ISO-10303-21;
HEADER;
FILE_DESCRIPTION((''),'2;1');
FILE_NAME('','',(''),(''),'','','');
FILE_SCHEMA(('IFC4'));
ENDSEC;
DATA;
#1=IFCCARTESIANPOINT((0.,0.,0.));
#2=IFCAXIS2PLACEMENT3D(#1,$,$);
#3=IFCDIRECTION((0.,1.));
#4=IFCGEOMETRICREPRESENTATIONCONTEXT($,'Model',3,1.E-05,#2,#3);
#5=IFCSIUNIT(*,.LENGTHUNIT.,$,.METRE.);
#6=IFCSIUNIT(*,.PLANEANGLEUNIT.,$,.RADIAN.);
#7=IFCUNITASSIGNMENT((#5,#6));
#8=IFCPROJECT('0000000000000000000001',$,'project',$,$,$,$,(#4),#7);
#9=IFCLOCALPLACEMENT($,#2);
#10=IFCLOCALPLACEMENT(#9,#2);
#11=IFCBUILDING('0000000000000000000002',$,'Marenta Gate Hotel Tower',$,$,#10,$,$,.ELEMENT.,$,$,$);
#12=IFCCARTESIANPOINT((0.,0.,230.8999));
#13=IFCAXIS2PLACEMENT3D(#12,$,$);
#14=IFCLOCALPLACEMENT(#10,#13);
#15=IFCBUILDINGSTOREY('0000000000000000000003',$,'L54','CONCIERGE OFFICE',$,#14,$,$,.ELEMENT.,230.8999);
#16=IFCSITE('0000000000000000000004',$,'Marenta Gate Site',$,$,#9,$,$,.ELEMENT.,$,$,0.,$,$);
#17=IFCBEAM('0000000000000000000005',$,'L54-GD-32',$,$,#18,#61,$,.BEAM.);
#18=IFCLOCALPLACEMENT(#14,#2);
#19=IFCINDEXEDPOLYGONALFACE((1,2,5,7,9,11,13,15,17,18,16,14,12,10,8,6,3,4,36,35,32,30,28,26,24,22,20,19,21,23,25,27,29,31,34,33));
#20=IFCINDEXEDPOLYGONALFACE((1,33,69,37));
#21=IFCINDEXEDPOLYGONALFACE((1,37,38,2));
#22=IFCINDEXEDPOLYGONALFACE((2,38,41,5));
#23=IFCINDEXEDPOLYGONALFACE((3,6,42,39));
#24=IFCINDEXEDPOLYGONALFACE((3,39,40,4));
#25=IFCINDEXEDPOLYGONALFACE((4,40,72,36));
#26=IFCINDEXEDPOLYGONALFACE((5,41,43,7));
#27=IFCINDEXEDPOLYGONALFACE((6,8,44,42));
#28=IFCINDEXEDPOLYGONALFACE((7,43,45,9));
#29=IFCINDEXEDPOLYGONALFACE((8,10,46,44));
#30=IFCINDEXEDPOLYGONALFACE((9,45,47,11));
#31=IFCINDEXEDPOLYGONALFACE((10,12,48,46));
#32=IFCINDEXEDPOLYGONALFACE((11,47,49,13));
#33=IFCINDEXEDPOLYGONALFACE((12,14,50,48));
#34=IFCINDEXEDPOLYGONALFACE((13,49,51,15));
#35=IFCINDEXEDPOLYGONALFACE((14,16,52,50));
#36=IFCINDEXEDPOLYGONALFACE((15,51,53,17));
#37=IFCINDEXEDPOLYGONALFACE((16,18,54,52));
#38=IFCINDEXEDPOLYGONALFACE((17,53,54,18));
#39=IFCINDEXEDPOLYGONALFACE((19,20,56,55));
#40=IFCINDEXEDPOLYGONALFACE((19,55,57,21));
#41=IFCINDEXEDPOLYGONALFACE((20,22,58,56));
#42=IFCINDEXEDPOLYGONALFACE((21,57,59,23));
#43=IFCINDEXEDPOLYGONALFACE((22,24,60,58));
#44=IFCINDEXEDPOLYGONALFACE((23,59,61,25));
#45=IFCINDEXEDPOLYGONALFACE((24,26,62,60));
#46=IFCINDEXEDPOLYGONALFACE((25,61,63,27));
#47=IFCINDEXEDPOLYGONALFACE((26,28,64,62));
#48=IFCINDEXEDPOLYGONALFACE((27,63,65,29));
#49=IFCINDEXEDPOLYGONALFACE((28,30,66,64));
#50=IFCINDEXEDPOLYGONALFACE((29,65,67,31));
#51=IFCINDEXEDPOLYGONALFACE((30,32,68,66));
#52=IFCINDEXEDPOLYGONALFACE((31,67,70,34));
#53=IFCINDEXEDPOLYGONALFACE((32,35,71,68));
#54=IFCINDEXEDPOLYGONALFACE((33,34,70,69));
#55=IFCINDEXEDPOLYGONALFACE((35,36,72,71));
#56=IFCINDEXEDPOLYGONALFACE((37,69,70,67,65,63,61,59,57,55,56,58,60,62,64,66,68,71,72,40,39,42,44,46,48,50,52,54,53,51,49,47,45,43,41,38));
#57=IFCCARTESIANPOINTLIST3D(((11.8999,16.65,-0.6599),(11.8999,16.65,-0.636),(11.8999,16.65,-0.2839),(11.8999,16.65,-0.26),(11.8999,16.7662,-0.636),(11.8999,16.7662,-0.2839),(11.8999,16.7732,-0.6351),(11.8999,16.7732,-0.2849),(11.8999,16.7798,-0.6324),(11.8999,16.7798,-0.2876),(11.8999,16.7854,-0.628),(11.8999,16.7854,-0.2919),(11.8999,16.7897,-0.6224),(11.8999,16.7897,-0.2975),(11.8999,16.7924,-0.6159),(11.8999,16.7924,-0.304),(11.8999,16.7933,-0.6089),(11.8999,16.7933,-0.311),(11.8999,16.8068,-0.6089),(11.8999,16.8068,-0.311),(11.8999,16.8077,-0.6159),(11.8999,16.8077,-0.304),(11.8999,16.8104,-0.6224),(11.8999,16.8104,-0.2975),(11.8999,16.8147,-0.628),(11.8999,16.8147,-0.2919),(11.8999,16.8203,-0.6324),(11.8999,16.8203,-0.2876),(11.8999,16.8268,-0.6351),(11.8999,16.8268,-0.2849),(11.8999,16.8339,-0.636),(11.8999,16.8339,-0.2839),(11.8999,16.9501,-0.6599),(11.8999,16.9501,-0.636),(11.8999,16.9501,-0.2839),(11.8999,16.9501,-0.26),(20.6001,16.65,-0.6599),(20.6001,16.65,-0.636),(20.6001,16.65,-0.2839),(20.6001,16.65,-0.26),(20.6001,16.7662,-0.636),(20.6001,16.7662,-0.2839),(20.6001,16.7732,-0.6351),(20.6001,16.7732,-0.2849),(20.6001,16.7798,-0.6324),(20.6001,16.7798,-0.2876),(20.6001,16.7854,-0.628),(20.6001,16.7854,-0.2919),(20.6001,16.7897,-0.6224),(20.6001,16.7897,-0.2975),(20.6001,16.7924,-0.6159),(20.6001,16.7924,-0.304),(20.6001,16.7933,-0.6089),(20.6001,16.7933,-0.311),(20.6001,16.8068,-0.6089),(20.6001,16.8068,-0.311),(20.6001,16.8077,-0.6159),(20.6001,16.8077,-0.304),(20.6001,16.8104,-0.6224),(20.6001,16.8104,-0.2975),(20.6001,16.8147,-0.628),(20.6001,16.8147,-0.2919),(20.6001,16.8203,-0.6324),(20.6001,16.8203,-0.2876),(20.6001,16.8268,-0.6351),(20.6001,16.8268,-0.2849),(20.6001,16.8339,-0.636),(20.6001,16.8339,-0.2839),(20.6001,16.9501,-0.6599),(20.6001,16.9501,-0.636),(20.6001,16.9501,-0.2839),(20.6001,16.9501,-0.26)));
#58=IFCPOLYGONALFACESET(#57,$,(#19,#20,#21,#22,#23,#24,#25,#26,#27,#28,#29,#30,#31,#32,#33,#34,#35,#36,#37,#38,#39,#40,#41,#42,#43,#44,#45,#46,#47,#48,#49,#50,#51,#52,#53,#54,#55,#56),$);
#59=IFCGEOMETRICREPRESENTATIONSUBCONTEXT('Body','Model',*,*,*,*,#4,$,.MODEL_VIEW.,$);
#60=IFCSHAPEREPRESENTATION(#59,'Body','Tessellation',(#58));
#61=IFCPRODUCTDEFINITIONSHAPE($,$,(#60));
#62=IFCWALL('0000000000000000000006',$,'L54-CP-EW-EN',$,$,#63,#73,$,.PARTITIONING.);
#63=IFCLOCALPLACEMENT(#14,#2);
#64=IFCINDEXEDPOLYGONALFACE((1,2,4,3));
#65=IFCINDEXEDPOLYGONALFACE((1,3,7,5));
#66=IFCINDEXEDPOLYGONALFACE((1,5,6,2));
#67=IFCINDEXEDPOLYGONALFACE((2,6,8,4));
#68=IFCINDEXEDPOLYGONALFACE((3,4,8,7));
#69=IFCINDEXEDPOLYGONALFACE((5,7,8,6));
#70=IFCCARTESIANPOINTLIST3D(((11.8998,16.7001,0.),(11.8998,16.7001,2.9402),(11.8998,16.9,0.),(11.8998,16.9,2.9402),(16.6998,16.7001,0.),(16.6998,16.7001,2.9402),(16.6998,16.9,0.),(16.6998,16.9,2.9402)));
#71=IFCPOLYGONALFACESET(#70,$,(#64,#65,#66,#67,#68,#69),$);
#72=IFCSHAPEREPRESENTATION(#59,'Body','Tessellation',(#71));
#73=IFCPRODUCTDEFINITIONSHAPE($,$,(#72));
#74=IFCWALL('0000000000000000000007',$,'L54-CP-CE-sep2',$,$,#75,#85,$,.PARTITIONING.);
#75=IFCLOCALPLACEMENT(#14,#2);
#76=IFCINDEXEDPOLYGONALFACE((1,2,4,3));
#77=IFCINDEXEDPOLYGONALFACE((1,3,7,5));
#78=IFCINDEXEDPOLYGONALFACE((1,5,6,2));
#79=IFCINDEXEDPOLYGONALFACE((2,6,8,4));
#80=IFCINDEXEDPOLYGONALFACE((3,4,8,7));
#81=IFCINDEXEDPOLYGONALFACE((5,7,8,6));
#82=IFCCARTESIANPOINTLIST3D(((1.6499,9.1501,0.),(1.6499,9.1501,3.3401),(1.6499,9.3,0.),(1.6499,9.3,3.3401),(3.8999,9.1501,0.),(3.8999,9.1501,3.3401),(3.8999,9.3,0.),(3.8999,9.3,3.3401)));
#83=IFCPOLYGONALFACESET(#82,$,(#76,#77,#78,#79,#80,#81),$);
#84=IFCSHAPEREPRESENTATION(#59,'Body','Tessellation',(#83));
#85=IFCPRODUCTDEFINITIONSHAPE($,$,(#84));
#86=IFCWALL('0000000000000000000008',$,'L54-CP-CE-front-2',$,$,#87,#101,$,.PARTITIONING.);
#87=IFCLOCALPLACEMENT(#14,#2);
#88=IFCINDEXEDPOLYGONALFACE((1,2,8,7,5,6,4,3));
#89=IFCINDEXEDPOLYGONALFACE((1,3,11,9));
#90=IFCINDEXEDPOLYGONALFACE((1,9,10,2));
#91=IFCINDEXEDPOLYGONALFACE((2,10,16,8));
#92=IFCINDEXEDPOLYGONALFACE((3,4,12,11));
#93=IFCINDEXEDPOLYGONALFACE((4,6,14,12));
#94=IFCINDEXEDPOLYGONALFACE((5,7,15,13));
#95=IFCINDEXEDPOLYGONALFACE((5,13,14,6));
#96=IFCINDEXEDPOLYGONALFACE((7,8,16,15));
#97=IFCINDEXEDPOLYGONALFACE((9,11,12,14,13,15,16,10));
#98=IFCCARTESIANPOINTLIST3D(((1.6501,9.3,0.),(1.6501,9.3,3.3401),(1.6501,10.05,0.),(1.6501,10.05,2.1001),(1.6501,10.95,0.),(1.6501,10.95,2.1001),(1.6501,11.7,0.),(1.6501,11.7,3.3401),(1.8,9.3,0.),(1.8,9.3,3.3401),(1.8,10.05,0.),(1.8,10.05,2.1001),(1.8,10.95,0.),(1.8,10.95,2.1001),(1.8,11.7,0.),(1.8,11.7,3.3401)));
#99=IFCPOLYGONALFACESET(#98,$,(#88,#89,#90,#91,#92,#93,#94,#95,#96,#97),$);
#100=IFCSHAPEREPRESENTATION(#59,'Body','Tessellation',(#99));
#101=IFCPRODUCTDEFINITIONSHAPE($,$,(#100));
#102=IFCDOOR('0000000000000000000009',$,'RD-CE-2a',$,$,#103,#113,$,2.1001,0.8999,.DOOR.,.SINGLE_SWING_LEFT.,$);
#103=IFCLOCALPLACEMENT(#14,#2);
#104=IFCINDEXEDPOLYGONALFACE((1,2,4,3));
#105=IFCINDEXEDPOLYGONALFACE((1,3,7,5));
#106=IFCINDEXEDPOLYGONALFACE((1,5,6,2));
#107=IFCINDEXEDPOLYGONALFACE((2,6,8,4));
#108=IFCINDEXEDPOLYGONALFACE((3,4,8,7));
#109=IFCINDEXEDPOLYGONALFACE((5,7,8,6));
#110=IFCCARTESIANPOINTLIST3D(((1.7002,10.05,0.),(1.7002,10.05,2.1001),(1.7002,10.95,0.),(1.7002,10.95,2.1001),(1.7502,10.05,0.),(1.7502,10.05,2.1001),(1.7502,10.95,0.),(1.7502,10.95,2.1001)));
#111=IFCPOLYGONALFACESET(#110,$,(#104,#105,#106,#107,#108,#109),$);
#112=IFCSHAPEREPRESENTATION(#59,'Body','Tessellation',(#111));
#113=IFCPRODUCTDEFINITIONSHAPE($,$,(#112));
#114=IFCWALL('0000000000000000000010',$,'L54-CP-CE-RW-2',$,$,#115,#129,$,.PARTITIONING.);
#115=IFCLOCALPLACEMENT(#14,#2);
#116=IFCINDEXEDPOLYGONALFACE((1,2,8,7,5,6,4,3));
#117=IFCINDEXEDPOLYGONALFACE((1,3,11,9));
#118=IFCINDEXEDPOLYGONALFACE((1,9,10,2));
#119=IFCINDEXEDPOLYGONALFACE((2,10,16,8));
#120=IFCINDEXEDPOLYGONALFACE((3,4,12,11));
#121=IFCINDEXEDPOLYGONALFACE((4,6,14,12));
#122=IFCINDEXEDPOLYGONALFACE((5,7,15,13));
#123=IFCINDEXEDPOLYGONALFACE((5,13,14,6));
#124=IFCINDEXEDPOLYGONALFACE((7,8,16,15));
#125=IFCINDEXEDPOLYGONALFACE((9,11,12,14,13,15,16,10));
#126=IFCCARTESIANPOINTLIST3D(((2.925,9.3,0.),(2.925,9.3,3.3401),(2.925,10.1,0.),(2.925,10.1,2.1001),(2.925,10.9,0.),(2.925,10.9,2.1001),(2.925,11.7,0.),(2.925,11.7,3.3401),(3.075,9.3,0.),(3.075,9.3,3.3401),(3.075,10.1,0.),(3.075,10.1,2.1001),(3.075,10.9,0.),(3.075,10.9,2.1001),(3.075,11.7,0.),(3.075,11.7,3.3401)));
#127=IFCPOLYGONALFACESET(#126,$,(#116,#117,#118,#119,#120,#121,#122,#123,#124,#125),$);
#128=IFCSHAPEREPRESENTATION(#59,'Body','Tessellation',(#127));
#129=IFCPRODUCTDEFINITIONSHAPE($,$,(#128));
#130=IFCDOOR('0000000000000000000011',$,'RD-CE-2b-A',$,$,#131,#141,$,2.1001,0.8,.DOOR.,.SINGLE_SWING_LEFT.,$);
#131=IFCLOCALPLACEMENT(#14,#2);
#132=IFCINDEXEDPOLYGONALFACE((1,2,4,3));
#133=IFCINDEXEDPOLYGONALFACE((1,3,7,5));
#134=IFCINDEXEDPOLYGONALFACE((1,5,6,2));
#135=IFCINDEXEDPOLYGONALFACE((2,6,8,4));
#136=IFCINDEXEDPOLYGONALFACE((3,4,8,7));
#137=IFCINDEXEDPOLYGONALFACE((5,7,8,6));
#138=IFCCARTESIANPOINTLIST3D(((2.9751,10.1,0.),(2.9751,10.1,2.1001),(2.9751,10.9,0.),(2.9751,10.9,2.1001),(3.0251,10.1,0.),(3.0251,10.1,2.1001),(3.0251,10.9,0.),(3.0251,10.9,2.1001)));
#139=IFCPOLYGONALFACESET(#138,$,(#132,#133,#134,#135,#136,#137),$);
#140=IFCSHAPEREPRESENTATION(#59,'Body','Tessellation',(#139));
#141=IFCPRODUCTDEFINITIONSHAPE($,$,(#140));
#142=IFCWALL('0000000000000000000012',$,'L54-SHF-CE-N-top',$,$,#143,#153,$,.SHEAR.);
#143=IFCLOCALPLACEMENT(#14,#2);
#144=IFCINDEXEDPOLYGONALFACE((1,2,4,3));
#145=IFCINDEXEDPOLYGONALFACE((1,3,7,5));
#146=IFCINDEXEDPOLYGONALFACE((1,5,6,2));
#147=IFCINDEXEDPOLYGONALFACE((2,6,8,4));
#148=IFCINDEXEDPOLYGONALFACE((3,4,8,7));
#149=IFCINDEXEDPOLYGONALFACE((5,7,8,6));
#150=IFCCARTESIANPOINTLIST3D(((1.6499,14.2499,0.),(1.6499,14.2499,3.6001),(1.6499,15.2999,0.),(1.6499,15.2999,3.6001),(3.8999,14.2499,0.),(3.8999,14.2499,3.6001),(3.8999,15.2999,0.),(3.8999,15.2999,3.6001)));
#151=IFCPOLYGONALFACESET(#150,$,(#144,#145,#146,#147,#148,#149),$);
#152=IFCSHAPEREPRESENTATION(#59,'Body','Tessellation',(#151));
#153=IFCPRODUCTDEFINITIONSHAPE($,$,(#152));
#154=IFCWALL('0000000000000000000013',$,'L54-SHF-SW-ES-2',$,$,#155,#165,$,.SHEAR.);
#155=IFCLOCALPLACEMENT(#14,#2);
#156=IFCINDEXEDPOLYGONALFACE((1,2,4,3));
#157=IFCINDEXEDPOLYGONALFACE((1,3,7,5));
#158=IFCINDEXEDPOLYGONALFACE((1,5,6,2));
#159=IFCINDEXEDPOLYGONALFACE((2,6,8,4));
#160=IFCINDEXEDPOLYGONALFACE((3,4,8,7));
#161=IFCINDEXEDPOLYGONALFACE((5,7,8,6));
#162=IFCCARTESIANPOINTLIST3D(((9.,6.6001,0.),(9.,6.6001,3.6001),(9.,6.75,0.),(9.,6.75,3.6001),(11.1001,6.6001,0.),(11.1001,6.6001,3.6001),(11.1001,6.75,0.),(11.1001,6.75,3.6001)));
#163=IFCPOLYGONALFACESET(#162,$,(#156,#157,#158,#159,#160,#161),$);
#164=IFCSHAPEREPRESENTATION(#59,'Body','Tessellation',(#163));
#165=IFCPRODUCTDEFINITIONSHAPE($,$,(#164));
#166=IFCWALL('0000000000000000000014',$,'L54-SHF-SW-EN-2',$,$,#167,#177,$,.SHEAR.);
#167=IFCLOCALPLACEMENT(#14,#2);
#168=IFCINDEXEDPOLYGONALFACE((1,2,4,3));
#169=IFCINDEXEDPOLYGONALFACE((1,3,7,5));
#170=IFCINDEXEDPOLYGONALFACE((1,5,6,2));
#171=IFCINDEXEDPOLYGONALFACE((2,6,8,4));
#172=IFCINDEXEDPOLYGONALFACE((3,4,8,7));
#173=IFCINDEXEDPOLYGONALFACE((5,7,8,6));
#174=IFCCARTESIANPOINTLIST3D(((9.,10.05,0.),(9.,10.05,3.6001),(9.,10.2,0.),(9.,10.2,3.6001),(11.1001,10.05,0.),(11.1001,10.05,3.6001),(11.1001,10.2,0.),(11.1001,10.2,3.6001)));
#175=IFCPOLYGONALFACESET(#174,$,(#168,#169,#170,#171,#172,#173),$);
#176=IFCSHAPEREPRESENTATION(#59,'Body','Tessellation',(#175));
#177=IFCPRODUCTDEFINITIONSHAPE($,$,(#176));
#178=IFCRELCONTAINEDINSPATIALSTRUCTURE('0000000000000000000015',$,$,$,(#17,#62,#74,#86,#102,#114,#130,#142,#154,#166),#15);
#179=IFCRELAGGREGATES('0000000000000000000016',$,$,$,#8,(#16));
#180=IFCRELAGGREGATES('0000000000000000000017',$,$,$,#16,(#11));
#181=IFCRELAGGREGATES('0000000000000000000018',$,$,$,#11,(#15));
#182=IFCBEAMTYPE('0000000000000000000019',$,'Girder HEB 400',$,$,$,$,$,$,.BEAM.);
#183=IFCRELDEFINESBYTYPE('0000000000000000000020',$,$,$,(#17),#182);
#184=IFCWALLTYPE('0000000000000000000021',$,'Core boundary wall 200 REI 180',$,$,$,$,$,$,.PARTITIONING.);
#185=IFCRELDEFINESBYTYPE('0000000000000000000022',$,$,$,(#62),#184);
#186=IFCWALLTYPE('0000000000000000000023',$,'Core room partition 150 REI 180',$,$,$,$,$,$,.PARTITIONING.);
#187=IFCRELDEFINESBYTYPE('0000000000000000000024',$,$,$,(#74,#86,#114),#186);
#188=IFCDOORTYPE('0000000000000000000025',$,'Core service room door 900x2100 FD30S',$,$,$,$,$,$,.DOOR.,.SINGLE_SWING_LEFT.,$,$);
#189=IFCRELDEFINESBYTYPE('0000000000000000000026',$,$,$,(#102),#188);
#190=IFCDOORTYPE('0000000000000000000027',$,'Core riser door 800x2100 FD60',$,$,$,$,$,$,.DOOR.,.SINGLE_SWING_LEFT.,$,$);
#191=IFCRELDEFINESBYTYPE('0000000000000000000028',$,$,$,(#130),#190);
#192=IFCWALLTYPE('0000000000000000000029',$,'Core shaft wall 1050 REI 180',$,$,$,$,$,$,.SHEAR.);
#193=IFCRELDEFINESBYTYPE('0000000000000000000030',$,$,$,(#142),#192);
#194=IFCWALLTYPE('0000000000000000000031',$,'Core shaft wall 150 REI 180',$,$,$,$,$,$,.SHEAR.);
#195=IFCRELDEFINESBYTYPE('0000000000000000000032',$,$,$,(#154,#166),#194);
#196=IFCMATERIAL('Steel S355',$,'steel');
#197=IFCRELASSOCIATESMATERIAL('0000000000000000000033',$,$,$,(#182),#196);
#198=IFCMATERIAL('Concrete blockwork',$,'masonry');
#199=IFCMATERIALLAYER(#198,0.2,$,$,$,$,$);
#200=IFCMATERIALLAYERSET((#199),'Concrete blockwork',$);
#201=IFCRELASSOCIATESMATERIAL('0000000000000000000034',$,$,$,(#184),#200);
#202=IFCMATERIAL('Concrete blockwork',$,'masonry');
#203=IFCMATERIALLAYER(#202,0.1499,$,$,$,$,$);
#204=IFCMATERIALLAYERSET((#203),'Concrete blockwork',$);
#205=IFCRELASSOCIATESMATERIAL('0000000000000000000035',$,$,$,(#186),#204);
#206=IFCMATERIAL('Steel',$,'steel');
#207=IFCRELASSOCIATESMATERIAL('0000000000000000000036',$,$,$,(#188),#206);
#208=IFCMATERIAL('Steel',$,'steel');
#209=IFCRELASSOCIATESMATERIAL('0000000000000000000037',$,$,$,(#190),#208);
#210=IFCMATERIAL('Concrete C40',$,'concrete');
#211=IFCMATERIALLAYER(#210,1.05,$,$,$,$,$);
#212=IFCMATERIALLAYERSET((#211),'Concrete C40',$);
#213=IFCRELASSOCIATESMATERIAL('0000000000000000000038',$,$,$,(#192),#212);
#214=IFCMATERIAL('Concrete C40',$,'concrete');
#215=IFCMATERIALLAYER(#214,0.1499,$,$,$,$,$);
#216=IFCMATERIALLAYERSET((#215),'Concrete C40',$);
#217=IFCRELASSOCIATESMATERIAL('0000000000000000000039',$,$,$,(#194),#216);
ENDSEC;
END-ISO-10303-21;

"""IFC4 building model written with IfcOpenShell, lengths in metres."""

from ifc_helpers import new_model, si_unit, direction, frame, frame_2d, origin, origin_2d, place, context, subcontext, project, spatial, rectangle, i_section, extrude, material, layer, layer_set, material_profile, profile_set, type_object, element, fill, save


model = new_model("IFC4")

# Units and contexts
model_context = context("Model", 3, precision=1e-05, world=origin(), true_north=direction((0.0, 1.0)))
body_context = subcontext(model_context, "Body", "Model", "MODEL_VIEW")
ifc_project = project(units=[si_unit("LENGTHUNIT", "METRE"), si_unit("PLANEANGLEUNIT", "RADIAN")], contexts=[model_context])

# Site, building, storey
site_placement = place(None, origin())
site = spatial("IfcSite", under=ifc_project, at=site_placement, Name="Marenta Gate Site", CompositionType="ELEMENT", RefElevation=0.0)
building_placement = place(site_placement, origin())
building = spatial("IfcBuilding", under=site, at=building_placement, Name="Marenta Gate Hotel Tower", CompositionType="ELEMENT")
storey_placement = place(building_placement, frame((0.0, 0.0, 230.8999)))
storey = spatial("IfcBuildingStorey", under=building, at=storey_placement, Name="L54", Description="CONCIERGE OFFICE", CompositionType="ELEMENT", Elevation=230.8999)

# Beam
ifc_material_1 = material(Name="Steel S355", Category="steel")
ifc_material_profile_1 = material_profile(ifc_material_1, i_section(OverallWidth=0.3, OverallDepth=0.3999, WebThickness=0.0134, FlangeThickness=0.0239, FilletRadius=0.0271, at=origin_2d()), Name="HEB 400")
ifc_profile_set_1 = profile_set([ifc_material_profile_1], Name="Steel S355")
beam_type_1 = type_object("IfcBeamType", Name="Girder HEB 400", PredefinedType="BEAM", material=ifc_profile_set_1)
for number, where, z_axis, x_axis, name in (
    (1, (11.8999, 16.8, -0.46), (1.0, 0.0, 0.0), (0.0, 1.0, 0.0), "L54-GD-32"),
):
    element("IfcBeam", number, at=place(storey_placement, frame(where, z_axis=z_axis, x_axis=x_axis)), inside=storey, type_object=beam_type_1, Name=name, PredefinedType="BEAM", context=body_context, shape_type="SweptSolid", body=[
        extrude(i_section(OverallWidth=0.3, OverallDepth=0.3999, WebThickness=0.0134, FlangeThickness=0.0239, FilletRadius=0.0271, at=origin_2d()), origin(), (0.0, 0.0, 1.0), 8.7002),
    ])

# Walls
ifc_material_2 = material(Name="Concrete blockwork", Category="masonry")
ifc_layer_1 = layer(ifc_material_2, 0.2)
ifc_layer_set_1 = layer_set([ifc_layer_1], Name="Concrete blockwork")
wall_type_1 = type_object("IfcWallType", Name="Core boundary wall 200 REI 180", PredefinedType="PARTITIONING", material=ifc_layer_set_1)
wall_1_placement = place(storey_placement, frame((11.8999, 16.8, 0.0), z_axis=(0.0, 0.0, 1.0), x_axis=(1.0, 0.0, 0.0)))
element("IfcWall", 2, at=wall_1_placement, inside=storey, type_object=wall_type_1, Name="L54-CP-EW-EN", PredefinedType="PARTITIONING", context=body_context, shape_type="SweptSolid", body=[
    extrude(rectangle(XDim=4.8, YDim=0.2, at=frame_2d((2.3999, 0.0))), origin(), (0.0, 0.0, 1.0), 2.9402),
])
ifc_material_3 = material(Name="Concrete blockwork", Category="masonry")
ifc_layer_2 = layer(ifc_material_3, 0.1499)
ifc_layer_set_2 = layer_set([ifc_layer_2], Name="Concrete blockwork")
wall_type_2 = type_object("IfcWallType", Name="Core room partition 150 REI 180", PredefinedType="PARTITIONING", material=ifc_layer_set_2)
wall_2_placement = place(storey_placement, frame((1.6499, 9.2251, 0.0), z_axis=(0.0, 0.0, 1.0), x_axis=(1.0, 0.0, 0.0)))
element("IfcWall", 3, at=wall_2_placement, inside=storey, type_object=wall_type_2, Name="L54-CP-CE-sep2", PredefinedType="PARTITIONING", context=body_context, shape_type="SweptSolid", body=[
    extrude(rectangle(XDim=2.25, YDim=0.1499, at=frame_2d((1.125, 0.0))), origin(), (0.0, 0.0, 1.0), 3.3401),
])

# Walls, openings, doors
wall_3_placement = place(storey_placement, frame((1.7251, 9.3, 0.0), z_axis=(0.0, 0.0, 1.0), x_axis=(0.0, 1.0, 0.0)))
wall_3 = element("IfcWall", 4, at=wall_3_placement, inside=storey, type_object=wall_type_2, Name="L54-CP-CE-front-2", PredefinedType="PARTITIONING", context=body_context, shape_type="SweptSolid", body=[
    extrude(rectangle(XDim=2.3999, YDim=0.1499, at=frame_2d((1.2, 0.0))), origin(), (0.0, 0.0, 1.0), 3.3401),
])
opening_1_placement = place(wall_3_placement, frame((0.75, 0.0, 0.0)))
opening_1 = element("IfcOpeningElement", 5, at=opening_1_placement, cuts=wall_3, PredefinedType="OPENING", context=body_context, shape_type="SweptSolid", body=[
    extrude(rectangle(XDim=0.8999, YDim=2.1001, at=frame_2d((0.45, 1.05))), frame((0.0, 0.075, 0.0), z_axis=(0.0, -1.0, 0.0), x_axis=(1.0, 0.0, 0.0)), (0.0, 0.0, 1.0), 0.1499),
])
ifc_material_4 = material(Name="Steel", Category="steel")
door_type_1 = type_object("IfcDoorType", Name="Core service room door 900x2100 FD30S", OperationType="SINGLE_SWING_LEFT", PredefinedType="DOOR", material=ifc_material_4)
door_1_placement = place(opening_1_placement, origin())
door_1 = element("IfcDoor", 6, at=door_1_placement, inside=storey, type_object=door_type_1, Name="RD-CE-2a", OperationType="SINGLE_SWING_LEFT", OverallHeight=2.1001, OverallWidth=0.8999, PredefinedType="DOOR", context=body_context, shape_type="SweptSolid", body=[
    extrude(rectangle(XDim=0.8999, YDim=2.1001, at=frame_2d((0.45, 1.05))), frame((0.0, 0.0249, 0.0), z_axis=(0.0, -1.0, 0.0), x_axis=(1.0, 0.0, 0.0)), (0.0, 0.0, 1.0), 0.05),
])
fill(opening_1, door_1)
wall_4_placement = place(storey_placement, frame((3.0, 9.3, 0.0), z_axis=(0.0, 0.0, 1.0), x_axis=(0.0, 1.0, 0.0)))
wall_4 = element("IfcWall", 7, at=wall_4_placement, inside=storey, type_object=wall_type_2, Name="L54-CP-CE-RW-2", PredefinedType="PARTITIONING", context=body_context, shape_type="SweptSolid", body=[
    extrude(rectangle(XDim=2.3999, YDim=0.1499, at=frame_2d((1.2, 0.0))), origin(), (0.0, 0.0, 1.0), 3.3401),
])
opening_2_placement = place(wall_4_placement, frame((0.8, 0.0, 0.0)))
opening_2 = element("IfcOpeningElement", 8, at=opening_2_placement, cuts=wall_4, PredefinedType="OPENING", context=body_context, shape_type="SweptSolid", body=[
    extrude(rectangle(XDim=0.8, YDim=2.1001, at=frame_2d((0.3999, 1.05))), frame((0.0, 0.075, 0.0), z_axis=(0.0, -1.0, 0.0), x_axis=(1.0, 0.0, 0.0)), (0.0, 0.0, 1.0), 0.1499),
])
ifc_material_5 = material(Name="Steel", Category="steel")
door_type_2 = type_object("IfcDoorType", Name="Core riser door 800x2100 FD60", OperationType="SINGLE_SWING_LEFT", PredefinedType="DOOR", material=ifc_material_5)
door_2_placement = place(opening_2_placement, origin())
door_2 = element("IfcDoor", 9, at=door_2_placement, inside=storey, type_object=door_type_2, Name="RD-CE-2b-A", OperationType="SINGLE_SWING_LEFT", OverallHeight=2.1001, OverallWidth=0.8, PredefinedType="DOOR", context=body_context, shape_type="SweptSolid", body=[
    extrude(rectangle(XDim=0.8, YDim=2.1001, at=frame_2d((0.3999, 1.05))), frame((0.0, 0.0249, 0.0), z_axis=(0.0, -1.0, 0.0), x_axis=(1.0, 0.0, 0.0)), (0.0, 0.0, 1.0), 0.05),
])
fill(opening_2, door_2)

# Walls
ifc_material_6 = material(Name="Concrete C40", Category="concrete")
ifc_layer_3 = layer(ifc_material_6, 1.05)
ifc_layer_set_3 = layer_set([ifc_layer_3], Name="Concrete C40")
wall_type_3 = type_object("IfcWallType", Name="Core shaft wall 1050 REI 180", PredefinedType="SHEAR", material=ifc_layer_set_3)
wall_5_placement = place(storey_placement, frame((1.6499, 14.7749, 0.0), z_axis=(0.0, 0.0, 1.0), x_axis=(1.0, 0.0, 0.0)))
element("IfcWall", 10, at=wall_5_placement, inside=storey, type_object=wall_type_3, Name="L54-SHF-CE-N-top", PredefinedType="SHEAR", context=body_context, shape_type="SweptSolid", body=[
    extrude(rectangle(XDim=2.25, YDim=1.05, at=frame_2d((1.125, 0.0))), origin(), (0.0, 0.0, 1.0), 3.6001),
])
ifc_material_7 = material(Name="Concrete C40", Category="concrete")
ifc_layer_4 = layer(ifc_material_7, 0.1499)
ifc_layer_set_4 = layer_set([ifc_layer_4], Name="Concrete C40")
wall_type_4 = type_object("IfcWallType", Name="Core shaft wall 150 REI 180", PredefinedType="SHEAR", material=ifc_layer_set_4)
for number, where, z_axis, x_axis, name in (
    (11, (9.0, 6.675, 0.0), (0.0, 0.0, 1.0), (1.0, 0.0, 0.0), "L54-SHF-SW-ES-2"),
    (12, (9.0, 10.125, 0.0), (0.0, 0.0, 1.0), (1.0, 0.0, 0.0), "L54-SHF-SW-EN-2"),
):
    element("IfcWall", number, at=place(storey_placement, frame(where, z_axis=z_axis, x_axis=x_axis)), inside=storey, type_object=wall_type_4, Name=name, PredefinedType="SHEAR", context=body_context, shape_type="SweptSolid", body=[
        extrude(rectangle(XDim=2.1001, YDim=0.1499, at=frame_2d((1.05, 0.0))), origin(), (0.0, 0.0, 1.0), 3.6001),
    ])

save(model, "model.ifc")
